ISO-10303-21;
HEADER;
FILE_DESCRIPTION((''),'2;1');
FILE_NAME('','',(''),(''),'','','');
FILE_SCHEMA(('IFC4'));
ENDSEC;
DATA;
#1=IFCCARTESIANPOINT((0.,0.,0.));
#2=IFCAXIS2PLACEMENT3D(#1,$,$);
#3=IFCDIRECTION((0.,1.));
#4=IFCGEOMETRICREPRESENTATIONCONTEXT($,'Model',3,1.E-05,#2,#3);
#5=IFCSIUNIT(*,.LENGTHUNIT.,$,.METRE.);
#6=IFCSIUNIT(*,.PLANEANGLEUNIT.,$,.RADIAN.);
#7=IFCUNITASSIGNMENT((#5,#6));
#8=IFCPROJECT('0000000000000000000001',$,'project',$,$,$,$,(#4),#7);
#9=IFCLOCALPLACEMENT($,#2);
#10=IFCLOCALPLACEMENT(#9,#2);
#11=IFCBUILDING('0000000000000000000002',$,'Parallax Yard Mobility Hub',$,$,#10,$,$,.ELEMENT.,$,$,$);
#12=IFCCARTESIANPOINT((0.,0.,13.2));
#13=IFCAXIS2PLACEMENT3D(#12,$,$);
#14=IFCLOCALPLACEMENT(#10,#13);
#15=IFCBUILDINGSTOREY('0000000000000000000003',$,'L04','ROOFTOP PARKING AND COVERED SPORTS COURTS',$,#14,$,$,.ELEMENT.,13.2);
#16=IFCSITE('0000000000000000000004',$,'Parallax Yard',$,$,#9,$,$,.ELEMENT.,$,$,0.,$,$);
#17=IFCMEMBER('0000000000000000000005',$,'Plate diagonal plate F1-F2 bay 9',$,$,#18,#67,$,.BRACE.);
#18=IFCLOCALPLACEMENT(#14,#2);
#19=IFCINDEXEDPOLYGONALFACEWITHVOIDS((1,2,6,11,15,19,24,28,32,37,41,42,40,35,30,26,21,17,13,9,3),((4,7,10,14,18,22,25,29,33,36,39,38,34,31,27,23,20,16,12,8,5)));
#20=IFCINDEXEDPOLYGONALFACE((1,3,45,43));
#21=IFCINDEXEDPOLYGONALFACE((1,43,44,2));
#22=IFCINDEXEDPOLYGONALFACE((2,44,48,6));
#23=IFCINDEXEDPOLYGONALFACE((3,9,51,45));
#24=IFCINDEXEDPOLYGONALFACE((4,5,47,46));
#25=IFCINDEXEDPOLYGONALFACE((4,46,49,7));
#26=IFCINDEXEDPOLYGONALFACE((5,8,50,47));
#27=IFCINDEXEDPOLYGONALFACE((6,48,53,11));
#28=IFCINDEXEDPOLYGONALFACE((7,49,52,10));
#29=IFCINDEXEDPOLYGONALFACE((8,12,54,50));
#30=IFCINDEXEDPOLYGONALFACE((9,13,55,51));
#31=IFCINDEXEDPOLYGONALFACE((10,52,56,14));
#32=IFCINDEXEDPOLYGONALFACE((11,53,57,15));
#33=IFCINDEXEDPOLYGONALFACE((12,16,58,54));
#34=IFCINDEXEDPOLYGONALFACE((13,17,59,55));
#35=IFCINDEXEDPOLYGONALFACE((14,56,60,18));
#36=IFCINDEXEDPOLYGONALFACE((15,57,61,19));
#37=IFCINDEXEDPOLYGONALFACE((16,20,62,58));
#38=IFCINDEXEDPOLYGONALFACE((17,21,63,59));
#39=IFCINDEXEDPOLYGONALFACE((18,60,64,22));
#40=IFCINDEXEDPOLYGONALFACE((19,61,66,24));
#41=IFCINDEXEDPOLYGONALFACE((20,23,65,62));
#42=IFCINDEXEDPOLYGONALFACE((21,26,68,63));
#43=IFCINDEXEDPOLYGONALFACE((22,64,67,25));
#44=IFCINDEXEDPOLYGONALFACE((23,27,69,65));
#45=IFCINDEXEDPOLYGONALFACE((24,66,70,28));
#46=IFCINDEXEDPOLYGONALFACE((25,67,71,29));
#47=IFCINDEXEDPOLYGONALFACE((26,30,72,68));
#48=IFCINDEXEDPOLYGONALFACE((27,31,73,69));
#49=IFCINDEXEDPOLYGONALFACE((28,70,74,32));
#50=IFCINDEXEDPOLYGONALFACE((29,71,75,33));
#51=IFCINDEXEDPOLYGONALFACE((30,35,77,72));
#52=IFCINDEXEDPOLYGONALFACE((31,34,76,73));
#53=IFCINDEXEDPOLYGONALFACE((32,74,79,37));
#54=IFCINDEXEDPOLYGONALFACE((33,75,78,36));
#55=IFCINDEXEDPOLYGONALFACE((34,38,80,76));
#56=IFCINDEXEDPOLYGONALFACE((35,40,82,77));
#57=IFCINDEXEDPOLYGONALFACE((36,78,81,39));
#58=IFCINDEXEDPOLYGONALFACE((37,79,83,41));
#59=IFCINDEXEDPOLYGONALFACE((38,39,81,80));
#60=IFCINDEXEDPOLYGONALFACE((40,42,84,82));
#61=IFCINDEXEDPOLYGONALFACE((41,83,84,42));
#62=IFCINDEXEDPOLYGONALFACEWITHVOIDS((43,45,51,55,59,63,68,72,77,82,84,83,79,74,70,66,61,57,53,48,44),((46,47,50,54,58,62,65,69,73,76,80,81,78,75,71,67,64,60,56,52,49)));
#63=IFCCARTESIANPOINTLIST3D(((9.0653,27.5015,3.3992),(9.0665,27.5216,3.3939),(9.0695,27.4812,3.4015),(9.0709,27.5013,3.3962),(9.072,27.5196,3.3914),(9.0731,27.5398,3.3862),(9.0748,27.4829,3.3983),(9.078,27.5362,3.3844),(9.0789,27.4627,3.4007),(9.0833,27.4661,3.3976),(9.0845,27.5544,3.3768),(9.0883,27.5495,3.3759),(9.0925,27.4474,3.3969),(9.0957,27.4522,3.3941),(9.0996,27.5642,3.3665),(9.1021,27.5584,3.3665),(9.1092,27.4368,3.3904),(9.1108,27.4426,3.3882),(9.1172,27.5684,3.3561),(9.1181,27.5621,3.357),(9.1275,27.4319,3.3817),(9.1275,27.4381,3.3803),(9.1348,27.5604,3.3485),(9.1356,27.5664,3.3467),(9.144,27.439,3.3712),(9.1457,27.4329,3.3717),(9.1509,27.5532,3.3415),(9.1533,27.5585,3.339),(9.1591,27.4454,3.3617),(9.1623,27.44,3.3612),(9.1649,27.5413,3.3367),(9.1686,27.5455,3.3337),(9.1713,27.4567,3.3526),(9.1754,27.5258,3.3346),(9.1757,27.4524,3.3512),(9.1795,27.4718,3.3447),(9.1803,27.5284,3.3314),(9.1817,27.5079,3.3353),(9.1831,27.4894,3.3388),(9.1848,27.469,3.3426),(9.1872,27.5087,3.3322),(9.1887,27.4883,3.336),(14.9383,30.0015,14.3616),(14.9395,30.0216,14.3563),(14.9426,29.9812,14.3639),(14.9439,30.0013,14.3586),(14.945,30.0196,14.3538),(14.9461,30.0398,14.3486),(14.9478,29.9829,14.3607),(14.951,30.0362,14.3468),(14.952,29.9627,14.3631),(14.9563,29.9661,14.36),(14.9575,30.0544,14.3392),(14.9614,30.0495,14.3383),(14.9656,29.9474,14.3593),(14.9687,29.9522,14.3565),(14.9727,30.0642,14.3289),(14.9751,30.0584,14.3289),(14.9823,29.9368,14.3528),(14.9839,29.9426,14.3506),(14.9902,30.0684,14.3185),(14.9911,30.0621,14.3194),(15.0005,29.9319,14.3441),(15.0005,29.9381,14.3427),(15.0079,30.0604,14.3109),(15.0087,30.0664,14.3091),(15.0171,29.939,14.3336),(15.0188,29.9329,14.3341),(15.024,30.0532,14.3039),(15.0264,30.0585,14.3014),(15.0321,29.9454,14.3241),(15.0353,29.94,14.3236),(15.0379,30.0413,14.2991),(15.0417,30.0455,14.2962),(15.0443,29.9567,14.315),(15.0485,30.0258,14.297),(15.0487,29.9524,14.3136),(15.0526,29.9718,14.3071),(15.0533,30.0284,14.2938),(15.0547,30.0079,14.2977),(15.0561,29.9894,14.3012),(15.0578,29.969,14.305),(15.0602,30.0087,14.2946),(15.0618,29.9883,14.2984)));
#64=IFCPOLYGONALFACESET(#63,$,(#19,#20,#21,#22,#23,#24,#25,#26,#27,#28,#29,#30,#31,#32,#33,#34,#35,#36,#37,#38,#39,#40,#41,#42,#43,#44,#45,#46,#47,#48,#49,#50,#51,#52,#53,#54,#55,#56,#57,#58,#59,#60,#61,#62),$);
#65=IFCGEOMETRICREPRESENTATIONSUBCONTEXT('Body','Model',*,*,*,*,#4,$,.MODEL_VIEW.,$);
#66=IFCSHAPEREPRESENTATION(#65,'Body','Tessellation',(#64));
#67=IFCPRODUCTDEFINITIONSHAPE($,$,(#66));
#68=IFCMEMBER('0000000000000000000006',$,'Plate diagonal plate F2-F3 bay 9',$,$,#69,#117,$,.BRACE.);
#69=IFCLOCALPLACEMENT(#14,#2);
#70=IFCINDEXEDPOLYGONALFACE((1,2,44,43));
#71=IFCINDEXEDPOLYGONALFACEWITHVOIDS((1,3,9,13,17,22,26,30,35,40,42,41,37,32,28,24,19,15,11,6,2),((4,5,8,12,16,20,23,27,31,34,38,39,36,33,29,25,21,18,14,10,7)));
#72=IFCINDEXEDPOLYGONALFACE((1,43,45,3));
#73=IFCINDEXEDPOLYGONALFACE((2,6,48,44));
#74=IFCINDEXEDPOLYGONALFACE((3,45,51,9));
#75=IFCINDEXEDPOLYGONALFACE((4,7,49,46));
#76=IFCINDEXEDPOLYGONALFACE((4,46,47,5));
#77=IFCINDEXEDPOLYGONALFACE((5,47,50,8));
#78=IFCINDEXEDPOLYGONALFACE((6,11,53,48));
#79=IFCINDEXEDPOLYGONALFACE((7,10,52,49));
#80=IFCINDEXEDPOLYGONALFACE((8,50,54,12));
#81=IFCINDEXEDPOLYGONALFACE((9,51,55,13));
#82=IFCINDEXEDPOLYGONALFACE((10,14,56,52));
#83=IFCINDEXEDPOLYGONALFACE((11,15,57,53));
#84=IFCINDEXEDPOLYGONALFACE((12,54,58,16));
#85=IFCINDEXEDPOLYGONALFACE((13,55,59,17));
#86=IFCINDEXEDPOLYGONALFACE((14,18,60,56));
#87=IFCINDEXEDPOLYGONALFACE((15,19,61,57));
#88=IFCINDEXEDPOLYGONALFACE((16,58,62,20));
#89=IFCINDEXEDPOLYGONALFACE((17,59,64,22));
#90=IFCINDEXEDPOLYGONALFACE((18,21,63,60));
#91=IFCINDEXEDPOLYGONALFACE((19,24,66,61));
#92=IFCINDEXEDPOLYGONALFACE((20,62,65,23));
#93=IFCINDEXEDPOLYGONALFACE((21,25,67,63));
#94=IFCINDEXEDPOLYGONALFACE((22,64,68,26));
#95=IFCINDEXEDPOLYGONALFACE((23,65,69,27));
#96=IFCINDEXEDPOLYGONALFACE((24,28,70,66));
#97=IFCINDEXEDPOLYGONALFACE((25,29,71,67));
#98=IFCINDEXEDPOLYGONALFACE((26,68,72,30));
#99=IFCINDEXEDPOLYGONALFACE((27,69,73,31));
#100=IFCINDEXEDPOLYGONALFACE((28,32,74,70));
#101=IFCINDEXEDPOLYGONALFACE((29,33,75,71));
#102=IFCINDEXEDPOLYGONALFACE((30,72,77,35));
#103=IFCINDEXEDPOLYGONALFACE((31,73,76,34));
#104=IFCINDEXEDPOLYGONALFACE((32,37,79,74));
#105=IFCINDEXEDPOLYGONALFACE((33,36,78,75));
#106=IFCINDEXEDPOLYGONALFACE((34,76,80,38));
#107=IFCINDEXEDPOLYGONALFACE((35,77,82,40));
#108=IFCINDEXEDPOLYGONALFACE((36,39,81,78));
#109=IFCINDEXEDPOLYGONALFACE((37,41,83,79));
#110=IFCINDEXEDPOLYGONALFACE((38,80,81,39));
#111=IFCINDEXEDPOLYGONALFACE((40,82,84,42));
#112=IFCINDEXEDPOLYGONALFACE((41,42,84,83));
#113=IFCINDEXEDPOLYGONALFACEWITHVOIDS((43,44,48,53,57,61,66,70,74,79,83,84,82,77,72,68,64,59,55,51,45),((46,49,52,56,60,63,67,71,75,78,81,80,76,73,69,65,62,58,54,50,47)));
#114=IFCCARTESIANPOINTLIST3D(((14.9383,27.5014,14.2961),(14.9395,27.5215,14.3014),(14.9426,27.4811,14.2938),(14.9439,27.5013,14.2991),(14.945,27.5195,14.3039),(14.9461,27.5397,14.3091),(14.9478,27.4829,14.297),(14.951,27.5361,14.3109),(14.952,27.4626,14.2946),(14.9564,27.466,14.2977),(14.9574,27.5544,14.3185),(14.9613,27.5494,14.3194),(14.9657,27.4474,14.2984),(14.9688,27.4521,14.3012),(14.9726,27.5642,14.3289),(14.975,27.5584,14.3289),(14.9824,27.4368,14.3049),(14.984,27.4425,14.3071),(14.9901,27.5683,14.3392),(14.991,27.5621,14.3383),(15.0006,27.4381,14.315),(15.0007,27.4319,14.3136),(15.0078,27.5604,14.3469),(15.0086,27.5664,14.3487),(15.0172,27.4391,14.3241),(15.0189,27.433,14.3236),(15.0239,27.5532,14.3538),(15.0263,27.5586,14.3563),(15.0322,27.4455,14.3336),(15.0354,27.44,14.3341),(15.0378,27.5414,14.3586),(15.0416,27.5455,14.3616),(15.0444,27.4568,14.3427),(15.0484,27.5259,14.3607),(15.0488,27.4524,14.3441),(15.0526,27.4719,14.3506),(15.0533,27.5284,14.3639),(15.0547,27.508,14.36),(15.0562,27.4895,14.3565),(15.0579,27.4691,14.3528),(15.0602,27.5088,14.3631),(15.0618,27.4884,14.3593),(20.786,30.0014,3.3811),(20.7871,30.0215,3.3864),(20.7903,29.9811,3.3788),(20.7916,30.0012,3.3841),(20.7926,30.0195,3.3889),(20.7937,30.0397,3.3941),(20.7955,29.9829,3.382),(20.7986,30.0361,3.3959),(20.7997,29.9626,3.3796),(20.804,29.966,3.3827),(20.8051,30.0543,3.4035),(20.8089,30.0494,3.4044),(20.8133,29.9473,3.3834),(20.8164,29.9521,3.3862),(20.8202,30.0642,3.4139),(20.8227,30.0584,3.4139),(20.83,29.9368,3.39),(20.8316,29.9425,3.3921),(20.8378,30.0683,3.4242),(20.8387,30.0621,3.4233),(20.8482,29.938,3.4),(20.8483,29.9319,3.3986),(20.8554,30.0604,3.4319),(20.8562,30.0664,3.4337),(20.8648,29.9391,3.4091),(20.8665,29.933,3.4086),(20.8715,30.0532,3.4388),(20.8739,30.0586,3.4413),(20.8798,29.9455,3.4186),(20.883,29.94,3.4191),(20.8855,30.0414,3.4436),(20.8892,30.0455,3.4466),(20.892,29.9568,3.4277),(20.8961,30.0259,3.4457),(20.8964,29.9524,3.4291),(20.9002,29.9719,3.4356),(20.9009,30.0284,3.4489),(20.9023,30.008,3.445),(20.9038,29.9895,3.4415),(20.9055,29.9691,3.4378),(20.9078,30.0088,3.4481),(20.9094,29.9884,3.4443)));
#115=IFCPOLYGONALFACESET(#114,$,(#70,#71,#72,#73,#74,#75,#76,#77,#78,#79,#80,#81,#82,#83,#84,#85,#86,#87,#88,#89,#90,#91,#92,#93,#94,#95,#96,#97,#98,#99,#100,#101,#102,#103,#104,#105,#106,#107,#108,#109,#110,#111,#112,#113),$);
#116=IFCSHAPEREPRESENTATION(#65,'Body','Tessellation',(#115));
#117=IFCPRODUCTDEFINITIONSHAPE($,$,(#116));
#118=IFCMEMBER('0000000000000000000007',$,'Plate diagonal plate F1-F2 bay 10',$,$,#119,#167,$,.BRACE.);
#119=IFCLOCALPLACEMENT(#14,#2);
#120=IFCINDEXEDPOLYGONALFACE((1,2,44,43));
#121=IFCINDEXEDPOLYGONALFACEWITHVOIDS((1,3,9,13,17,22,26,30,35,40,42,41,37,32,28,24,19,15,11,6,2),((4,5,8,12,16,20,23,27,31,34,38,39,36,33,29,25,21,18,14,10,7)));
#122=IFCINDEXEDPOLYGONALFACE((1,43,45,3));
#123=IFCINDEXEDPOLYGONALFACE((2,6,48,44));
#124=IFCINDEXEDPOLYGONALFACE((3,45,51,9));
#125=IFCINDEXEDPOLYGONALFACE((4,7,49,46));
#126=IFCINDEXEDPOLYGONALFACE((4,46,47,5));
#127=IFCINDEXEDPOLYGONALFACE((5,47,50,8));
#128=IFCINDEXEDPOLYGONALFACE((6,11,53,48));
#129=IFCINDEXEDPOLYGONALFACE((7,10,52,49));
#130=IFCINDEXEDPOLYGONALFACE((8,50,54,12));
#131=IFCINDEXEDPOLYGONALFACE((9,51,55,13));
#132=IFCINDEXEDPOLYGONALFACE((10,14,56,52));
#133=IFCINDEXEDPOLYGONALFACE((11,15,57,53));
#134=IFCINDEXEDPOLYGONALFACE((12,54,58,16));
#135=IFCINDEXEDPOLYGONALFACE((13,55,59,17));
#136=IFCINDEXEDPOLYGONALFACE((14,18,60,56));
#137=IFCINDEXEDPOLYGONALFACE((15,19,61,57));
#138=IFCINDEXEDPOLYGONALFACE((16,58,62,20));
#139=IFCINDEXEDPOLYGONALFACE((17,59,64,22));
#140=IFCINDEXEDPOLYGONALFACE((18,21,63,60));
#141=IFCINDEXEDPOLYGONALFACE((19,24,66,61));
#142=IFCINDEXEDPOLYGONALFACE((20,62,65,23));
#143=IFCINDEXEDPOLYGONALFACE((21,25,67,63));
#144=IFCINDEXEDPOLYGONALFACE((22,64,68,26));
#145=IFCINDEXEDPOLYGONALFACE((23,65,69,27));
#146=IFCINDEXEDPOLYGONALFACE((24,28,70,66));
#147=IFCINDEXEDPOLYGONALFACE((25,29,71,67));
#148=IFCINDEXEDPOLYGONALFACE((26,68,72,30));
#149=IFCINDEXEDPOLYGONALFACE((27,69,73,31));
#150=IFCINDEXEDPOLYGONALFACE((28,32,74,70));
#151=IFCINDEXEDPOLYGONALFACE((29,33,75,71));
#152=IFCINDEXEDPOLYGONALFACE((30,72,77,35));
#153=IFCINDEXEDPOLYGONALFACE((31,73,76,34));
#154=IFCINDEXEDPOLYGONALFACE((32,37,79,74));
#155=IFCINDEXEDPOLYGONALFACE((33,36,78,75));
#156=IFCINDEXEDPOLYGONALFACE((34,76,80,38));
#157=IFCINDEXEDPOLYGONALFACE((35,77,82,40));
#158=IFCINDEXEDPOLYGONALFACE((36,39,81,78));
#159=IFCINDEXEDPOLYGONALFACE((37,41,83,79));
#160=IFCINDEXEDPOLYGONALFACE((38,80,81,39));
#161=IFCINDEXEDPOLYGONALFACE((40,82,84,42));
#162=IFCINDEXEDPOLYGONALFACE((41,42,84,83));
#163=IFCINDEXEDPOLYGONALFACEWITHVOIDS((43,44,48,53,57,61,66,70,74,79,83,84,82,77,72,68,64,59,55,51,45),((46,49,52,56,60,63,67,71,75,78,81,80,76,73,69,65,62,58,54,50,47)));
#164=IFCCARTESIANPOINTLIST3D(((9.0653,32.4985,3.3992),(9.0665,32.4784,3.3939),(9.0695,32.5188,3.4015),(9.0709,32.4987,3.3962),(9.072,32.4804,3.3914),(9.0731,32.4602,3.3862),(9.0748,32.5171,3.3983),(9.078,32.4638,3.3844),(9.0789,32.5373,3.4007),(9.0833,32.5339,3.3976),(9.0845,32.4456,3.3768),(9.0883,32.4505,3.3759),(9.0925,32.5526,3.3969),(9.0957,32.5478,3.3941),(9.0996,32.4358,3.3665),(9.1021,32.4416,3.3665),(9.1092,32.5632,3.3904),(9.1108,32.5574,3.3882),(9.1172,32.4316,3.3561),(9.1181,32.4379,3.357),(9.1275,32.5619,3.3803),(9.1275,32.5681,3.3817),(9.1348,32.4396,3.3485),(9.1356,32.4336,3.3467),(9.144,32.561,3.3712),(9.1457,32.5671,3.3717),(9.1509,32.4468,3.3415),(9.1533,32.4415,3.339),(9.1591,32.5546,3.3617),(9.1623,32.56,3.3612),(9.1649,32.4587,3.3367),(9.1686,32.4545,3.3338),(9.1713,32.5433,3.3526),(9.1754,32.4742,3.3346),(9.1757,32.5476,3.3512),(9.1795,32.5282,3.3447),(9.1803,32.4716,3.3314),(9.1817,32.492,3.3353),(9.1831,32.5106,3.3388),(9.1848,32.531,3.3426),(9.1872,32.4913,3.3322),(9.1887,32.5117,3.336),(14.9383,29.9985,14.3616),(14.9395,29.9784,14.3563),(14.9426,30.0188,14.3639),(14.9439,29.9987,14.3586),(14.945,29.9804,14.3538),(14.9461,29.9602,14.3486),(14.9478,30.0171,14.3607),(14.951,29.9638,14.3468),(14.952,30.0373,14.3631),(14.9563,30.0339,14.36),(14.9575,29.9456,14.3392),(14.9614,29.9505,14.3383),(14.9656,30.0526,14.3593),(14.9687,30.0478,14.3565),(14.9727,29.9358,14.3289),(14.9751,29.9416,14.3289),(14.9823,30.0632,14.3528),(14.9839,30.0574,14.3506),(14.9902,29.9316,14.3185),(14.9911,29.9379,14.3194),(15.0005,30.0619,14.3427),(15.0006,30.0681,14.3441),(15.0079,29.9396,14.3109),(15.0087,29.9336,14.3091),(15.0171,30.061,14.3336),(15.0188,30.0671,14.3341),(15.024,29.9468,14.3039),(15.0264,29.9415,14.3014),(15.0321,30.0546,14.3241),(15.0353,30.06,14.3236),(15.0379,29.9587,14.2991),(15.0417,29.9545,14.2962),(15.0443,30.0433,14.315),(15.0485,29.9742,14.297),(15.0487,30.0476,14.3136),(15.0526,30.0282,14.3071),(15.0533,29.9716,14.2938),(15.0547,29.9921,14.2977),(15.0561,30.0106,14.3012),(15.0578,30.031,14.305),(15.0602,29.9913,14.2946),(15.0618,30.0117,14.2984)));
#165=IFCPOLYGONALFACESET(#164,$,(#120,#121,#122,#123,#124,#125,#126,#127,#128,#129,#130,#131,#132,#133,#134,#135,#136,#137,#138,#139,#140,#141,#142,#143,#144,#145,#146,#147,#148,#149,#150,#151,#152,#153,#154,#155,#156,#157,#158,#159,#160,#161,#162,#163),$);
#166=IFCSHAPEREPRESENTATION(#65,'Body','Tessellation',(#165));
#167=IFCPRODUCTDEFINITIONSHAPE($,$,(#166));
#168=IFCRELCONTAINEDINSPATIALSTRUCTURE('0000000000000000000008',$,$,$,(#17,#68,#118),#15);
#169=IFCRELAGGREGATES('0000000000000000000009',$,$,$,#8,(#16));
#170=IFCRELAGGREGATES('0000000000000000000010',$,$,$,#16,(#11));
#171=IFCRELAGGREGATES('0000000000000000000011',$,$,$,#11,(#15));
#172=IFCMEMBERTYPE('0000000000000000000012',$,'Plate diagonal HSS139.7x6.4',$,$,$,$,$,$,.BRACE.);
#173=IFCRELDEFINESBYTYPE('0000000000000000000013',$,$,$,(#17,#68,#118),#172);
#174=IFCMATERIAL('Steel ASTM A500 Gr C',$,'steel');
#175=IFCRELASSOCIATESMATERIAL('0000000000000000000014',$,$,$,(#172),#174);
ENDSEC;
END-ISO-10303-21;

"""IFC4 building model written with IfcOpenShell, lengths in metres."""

from ifc_helpers import new_model, si_unit, direction, frame, origin, origin_2d, place, context, subcontext, project, spatial, hollow_circle, extrude, material, material_profile, profile_set, type_object, element, save


model = new_model("IFC4")

# Units and contexts
model_context = context("Model", 3, precision=1e-05, world=origin(), true_north=direction((0.0, 1.0)))
body_context = subcontext(model_context, "Body", "Model", "MODEL_VIEW")
ifc_project = project(units=[si_unit("LENGTHUNIT", "METRE"), si_unit("PLANEANGLEUNIT", "RADIAN")], contexts=[model_context])

# Site, building, storey
site_placement = place(None, origin())
site = spatial("IfcSite", under=ifc_project, at=site_placement, Name="Parallax Yard", CompositionType="ELEMENT", RefElevation=0.0)
building_placement = place(site_placement, origin())
building = spatial("IfcBuilding", under=site, at=building_placement, Name="Parallax Yard Mobility Hub", CompositionType="ELEMENT")
storey_placement = place(building_placement, frame((0.0, 0.0, 13.2)))
storey = spatial("IfcBuildingStorey", under=building, at=storey_placement, Name="L04", Description="ROOFTOP PARKING AND COVERED SPORTS COURTS", CompositionType="ELEMENT", Elevation=13.2)

# Members
ifc_material_1 = material(Name="Steel ASTM A500 Gr C", Category="steel")
ifc_material_profile_1 = material_profile(ifc_material_1, hollow_circle(Radius=0.0698, WallThickness=0.0063, at=origin_2d()), Name="HSS139.7x6.4")
ifc_profile_set_1 = profile_set([ifc_material_profile_1], Name="Steel ASTM A500 Gr C")
member_type_1 = type_object("IfcMemberType", Name="Plate diagonal HSS139.7x6.4", PredefinedType="BRACE", material=ifc_profile_set_1)
member_1_placement = place(storey_placement, frame((9.127, 27.5, 3.3665), z_axis=(0.46298, 0.197078, 0.864181), x_axis=(-0.391665, 0.920108, 0.0)))
element("IfcMember", 1, at=member_1_placement, inside=storey, type_object=member_type_1, Name="Plate diagonal plate F1-F2 bay 9", PredefinedType="BRACE", context=body_context, shape_type="SweptSolid", body=[
    extrude(hollow_circle(Radius=0.0698, WallThickness=0.0063, at=origin_2d()), origin(), (0.0, 0.0, 1.0), 12.6853),
])
member_2_placement = place(storey_placement, frame((15.0, 27.5, 14.3289), z_axis=(0.462901, 0.1979, -0.864036), x_axis=(-0.393104, 0.919494, 0.0)))
element("IfcMember", 2, at=member_2_placement, inside=storey, type_object=member_type_1, Name="Plate diagonal plate F2-F3 bay 9", PredefinedType="BRACE", context=body_context, shape_type="SweptSolid", body=[
    extrude(hollow_circle(Radius=0.0698, WallThickness=0.0063, at=origin_2d()), origin(), (0.0, 0.0, 1.0), 12.6326),
])
for number, where, z_axis, x_axis, name in (
    (3, (15.0, 30.0, 14.3289), (-0.46298, 0.197078, -0.864181), (-0.391665, -0.920108, 0.0), "Plate diagonal plate F1-F2 bay 10"),
):
    element("IfcMember", number, at=place(storey_placement, frame(where, z_axis=z_axis, x_axis=x_axis)), inside=storey, type_object=member_type_1, Name=name, PredefinedType="BRACE", context=body_context, shape_type="SweptSolid", body=[
        extrude(hollow_circle(Radius=0.0698, WallThickness=0.0063, at=origin_2d()), origin(), (0.0, 0.0, 1.0), 12.6853),
    ])

save(model, "model.ifc")
